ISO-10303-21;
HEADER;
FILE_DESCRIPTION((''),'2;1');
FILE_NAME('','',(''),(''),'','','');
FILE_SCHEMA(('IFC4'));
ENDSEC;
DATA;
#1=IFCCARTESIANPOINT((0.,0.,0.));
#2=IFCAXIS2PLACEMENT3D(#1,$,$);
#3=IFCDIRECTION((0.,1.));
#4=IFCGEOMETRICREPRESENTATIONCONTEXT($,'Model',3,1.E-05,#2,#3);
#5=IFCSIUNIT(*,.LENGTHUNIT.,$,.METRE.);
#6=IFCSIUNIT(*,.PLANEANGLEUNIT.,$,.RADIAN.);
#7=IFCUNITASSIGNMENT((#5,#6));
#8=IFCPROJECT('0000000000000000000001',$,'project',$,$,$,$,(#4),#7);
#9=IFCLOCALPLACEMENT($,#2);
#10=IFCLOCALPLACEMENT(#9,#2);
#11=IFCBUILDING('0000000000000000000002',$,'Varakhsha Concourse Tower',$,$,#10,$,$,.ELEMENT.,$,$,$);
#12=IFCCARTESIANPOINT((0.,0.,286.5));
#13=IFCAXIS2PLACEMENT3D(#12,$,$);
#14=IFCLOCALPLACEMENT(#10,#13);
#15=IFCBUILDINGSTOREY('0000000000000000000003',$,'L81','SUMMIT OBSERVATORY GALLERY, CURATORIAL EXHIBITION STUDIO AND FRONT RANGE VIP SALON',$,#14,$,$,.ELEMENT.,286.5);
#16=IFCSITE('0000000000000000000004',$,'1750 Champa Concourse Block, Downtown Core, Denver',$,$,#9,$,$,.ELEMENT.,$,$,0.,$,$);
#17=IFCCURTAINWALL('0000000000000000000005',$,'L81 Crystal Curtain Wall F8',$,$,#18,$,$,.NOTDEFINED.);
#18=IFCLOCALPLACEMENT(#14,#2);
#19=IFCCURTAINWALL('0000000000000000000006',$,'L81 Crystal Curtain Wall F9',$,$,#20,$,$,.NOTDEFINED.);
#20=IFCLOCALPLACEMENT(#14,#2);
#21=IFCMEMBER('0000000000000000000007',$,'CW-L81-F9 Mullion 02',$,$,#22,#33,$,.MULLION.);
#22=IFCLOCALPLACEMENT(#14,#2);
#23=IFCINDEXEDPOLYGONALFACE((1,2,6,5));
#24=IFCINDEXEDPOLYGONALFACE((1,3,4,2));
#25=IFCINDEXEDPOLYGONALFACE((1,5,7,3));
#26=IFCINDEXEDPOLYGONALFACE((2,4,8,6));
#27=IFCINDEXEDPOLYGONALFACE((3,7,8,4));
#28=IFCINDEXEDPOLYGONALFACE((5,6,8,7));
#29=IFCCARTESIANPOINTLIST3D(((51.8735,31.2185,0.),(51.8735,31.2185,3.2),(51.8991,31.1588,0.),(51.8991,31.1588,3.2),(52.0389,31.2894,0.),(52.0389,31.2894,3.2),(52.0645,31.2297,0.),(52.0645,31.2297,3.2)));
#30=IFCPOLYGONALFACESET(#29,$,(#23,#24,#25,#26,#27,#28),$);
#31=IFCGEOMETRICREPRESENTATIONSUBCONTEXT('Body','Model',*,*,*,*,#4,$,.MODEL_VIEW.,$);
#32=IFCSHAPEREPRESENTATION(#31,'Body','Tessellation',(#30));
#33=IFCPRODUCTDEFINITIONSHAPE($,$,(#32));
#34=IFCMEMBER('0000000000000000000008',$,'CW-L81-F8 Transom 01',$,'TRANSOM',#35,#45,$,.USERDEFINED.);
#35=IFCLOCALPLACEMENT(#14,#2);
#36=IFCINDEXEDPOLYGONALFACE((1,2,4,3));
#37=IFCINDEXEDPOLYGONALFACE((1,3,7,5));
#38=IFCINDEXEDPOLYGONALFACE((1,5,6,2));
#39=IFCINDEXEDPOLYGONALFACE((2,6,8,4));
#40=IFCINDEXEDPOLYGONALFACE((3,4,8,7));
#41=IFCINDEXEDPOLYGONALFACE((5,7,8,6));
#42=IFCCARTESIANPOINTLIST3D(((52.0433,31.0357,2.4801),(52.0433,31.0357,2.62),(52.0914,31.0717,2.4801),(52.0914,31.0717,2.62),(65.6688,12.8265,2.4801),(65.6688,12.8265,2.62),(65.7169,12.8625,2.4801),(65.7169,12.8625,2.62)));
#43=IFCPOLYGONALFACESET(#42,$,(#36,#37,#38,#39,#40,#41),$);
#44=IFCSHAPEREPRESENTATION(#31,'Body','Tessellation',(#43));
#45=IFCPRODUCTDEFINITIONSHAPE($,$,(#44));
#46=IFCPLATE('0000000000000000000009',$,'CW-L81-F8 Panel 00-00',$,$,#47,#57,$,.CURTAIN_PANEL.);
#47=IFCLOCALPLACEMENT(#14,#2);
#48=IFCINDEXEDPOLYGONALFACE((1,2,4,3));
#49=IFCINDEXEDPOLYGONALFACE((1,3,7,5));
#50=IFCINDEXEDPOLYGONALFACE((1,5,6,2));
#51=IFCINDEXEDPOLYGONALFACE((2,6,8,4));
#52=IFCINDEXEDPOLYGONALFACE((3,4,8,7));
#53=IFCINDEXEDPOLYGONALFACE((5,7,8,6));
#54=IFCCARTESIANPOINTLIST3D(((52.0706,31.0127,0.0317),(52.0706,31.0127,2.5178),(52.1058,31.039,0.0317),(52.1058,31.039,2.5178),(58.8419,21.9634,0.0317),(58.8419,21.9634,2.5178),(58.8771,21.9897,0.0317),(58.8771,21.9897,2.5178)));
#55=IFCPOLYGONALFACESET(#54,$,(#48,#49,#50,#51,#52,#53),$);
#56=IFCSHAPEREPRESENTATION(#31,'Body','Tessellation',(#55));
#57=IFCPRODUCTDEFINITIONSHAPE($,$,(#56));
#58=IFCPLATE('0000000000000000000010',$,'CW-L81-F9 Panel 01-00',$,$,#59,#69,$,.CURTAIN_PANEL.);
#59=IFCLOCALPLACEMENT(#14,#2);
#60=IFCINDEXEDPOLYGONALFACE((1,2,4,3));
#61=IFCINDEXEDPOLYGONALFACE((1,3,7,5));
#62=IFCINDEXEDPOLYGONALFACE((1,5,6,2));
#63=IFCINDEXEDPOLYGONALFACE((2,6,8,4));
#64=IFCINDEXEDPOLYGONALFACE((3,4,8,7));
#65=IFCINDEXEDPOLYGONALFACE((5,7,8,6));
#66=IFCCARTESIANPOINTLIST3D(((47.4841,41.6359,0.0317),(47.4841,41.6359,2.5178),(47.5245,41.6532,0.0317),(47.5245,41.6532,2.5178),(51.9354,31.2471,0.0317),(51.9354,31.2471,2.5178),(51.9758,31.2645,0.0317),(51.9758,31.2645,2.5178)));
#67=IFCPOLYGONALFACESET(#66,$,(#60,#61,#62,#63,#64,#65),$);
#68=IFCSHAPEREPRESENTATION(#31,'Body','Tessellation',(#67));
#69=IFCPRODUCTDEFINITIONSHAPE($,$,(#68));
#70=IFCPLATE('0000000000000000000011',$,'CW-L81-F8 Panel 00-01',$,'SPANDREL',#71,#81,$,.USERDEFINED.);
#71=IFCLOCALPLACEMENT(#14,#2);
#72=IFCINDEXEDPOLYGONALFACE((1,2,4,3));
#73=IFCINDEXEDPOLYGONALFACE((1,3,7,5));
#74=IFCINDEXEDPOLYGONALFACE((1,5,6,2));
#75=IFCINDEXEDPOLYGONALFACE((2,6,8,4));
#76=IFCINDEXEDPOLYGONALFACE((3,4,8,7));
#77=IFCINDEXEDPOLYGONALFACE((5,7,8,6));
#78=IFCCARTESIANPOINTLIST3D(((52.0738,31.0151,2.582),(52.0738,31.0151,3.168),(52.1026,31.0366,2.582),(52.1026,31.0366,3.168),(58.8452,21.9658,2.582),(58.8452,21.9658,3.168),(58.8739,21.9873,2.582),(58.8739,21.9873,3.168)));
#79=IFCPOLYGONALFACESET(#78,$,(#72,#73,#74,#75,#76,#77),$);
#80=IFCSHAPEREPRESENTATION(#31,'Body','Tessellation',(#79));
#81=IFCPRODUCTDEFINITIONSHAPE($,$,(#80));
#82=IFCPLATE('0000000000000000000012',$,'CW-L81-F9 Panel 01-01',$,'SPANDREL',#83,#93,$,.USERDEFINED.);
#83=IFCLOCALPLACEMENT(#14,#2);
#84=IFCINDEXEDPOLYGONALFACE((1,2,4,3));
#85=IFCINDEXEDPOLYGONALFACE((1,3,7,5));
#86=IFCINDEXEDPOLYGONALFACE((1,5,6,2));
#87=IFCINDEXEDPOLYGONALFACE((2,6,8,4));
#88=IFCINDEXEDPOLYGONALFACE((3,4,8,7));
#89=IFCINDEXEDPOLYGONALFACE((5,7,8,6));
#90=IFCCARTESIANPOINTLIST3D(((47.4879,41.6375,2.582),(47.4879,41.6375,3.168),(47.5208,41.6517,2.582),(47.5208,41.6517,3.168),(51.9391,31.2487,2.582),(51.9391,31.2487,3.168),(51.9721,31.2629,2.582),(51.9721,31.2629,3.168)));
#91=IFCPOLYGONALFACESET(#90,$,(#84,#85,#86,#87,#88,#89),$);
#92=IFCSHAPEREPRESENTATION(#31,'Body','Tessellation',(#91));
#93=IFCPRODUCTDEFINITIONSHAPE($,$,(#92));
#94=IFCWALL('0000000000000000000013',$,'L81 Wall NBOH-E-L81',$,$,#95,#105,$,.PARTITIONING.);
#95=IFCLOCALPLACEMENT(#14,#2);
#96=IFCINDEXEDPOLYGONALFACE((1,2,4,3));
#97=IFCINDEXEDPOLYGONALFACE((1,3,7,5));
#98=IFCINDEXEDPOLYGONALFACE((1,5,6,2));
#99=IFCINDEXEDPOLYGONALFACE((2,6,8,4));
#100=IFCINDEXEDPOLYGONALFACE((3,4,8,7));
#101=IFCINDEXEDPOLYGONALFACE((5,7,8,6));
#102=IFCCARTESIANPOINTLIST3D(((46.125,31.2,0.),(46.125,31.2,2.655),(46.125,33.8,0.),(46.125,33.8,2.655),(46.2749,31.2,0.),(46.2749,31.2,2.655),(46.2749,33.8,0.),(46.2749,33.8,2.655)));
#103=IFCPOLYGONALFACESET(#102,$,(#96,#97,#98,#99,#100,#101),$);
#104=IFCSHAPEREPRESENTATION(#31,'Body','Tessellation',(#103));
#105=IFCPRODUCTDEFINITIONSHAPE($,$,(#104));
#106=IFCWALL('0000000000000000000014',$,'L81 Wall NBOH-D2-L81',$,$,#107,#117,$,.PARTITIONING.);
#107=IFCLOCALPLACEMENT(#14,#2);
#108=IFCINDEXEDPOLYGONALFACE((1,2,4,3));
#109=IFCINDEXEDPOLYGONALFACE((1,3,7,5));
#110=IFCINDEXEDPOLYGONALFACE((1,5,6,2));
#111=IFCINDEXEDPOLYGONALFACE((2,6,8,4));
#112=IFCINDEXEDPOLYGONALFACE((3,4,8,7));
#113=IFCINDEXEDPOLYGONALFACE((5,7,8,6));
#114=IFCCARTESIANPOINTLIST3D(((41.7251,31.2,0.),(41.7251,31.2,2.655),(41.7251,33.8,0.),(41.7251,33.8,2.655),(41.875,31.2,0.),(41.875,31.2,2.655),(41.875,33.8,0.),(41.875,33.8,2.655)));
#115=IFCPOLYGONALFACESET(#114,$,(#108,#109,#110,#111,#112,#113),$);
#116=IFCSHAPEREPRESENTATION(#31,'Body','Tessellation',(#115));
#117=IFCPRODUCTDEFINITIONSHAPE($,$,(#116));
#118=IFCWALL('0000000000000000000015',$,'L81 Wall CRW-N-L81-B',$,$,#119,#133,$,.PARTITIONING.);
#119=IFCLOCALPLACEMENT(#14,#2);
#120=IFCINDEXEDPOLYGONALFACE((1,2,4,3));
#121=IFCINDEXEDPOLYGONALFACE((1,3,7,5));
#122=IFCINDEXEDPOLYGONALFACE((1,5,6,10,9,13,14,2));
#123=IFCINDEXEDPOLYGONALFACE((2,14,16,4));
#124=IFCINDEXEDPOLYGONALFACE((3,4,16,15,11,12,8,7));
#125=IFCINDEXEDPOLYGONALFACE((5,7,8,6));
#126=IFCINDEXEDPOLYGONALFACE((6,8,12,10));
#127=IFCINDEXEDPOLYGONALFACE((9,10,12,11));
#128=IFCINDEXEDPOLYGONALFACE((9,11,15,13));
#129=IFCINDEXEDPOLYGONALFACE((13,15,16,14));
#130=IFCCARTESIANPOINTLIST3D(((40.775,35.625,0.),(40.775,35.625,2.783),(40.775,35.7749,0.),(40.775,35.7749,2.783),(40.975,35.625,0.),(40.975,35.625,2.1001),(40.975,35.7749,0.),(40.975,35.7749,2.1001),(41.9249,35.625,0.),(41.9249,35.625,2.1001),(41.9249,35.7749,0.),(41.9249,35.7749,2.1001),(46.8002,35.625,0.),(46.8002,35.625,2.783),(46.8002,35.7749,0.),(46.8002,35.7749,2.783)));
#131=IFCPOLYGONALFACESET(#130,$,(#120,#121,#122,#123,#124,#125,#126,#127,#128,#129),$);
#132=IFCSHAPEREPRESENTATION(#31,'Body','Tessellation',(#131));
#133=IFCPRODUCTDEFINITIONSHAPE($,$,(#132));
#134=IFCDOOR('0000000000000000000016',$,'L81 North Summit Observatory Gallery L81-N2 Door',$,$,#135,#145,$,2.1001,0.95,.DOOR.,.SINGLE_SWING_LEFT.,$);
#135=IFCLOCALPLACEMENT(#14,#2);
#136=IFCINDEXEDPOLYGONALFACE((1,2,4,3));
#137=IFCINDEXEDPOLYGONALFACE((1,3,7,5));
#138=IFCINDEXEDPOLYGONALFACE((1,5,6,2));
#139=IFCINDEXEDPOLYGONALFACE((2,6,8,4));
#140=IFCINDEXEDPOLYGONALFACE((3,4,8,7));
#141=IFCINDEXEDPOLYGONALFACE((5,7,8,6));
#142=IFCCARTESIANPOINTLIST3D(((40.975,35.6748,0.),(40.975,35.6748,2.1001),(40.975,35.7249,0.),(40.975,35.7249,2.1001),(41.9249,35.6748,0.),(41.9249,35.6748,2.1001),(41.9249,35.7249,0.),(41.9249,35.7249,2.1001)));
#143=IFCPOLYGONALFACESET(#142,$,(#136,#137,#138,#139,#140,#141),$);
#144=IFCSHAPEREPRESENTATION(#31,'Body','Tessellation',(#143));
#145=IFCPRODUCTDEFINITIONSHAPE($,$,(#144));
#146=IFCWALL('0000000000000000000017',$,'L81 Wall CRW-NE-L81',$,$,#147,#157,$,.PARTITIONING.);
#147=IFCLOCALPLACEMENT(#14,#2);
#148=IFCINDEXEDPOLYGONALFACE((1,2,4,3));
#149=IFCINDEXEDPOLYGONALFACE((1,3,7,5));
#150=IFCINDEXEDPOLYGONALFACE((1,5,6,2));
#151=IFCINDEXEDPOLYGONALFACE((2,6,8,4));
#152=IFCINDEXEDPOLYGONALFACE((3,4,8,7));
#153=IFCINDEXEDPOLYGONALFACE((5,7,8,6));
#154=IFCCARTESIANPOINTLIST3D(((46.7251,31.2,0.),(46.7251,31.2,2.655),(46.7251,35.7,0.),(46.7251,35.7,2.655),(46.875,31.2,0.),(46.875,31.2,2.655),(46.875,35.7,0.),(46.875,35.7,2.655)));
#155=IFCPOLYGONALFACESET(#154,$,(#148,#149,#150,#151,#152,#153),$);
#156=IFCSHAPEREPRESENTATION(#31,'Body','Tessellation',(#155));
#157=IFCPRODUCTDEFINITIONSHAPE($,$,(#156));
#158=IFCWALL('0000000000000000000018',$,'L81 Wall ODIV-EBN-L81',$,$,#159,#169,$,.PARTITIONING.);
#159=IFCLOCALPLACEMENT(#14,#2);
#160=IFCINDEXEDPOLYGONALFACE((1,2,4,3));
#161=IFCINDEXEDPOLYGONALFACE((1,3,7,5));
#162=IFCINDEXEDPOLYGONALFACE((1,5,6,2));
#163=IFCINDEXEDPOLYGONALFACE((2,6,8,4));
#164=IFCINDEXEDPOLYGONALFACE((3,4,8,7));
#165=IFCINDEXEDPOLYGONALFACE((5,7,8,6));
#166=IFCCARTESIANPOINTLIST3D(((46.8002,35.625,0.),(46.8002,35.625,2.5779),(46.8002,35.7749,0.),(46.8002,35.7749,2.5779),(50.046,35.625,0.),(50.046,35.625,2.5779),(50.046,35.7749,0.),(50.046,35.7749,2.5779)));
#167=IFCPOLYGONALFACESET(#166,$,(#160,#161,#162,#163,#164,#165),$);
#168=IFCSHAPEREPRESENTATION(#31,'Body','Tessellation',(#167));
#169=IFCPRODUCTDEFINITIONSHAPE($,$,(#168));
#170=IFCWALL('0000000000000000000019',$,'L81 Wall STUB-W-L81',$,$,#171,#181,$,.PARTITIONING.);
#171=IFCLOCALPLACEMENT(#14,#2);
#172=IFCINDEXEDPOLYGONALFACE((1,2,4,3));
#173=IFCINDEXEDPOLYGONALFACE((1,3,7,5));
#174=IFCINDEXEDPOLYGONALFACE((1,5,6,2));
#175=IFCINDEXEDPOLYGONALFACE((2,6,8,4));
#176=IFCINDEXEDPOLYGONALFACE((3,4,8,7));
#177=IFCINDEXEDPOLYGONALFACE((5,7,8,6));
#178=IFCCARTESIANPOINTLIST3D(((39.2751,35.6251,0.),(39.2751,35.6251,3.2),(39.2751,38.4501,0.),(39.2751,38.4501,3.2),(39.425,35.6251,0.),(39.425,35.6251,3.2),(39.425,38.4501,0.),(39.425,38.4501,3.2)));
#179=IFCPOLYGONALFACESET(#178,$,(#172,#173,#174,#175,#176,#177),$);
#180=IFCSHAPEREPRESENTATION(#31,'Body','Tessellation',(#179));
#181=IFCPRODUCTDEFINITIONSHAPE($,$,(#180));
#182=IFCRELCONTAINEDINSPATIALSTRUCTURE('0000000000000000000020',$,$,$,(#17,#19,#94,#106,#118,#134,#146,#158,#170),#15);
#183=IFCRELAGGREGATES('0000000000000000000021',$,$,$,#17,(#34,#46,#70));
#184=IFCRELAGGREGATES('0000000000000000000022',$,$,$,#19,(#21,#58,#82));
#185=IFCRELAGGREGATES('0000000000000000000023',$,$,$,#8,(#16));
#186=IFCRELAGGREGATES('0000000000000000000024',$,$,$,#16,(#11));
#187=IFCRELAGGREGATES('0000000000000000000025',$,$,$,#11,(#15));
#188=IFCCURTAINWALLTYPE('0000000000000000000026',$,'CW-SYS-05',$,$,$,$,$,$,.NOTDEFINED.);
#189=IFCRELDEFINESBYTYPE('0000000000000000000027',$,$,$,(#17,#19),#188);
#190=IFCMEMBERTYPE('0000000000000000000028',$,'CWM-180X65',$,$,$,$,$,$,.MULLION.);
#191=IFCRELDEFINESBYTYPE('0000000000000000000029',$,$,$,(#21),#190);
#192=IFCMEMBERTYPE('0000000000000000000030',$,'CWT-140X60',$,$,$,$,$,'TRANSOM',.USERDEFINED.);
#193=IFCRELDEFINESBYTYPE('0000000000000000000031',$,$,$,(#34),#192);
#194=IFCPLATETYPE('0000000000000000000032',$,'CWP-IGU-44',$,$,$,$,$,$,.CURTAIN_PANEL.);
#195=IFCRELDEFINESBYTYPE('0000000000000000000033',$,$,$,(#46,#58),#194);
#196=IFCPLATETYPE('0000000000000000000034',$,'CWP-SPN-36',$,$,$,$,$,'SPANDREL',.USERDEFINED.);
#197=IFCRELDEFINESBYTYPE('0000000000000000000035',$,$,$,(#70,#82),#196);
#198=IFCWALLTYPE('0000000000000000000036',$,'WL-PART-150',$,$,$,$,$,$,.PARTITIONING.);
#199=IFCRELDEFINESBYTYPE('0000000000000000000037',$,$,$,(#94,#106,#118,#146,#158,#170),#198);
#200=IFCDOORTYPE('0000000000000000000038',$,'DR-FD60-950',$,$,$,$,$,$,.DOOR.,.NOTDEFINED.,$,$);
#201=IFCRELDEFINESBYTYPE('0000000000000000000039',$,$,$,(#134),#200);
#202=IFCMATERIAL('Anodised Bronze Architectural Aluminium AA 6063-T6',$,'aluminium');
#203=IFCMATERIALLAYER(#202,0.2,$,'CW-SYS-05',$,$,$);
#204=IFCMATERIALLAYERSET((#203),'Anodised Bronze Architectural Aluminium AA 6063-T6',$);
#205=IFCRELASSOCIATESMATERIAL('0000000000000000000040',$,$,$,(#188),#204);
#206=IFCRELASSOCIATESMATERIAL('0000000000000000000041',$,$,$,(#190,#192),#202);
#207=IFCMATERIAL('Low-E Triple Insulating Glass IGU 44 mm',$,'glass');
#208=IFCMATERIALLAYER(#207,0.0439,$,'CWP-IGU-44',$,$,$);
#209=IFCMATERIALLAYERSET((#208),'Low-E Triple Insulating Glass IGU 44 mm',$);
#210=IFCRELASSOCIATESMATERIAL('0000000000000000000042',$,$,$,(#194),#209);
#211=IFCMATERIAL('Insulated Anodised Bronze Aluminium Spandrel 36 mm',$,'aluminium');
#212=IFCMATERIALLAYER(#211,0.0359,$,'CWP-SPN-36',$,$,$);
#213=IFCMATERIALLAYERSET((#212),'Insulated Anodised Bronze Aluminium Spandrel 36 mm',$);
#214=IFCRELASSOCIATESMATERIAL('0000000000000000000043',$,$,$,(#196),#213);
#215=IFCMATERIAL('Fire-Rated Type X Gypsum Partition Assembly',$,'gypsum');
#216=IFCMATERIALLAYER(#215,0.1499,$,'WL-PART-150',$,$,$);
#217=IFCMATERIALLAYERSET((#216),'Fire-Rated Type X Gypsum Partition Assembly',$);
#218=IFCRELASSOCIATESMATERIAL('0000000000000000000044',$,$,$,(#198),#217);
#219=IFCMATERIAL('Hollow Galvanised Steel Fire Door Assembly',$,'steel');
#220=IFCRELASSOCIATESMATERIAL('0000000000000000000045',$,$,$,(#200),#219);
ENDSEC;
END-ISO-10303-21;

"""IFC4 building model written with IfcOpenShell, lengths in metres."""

from ifc_helpers import new_model, si_unit, direction, frame, frame_2d, origin, origin_2d, place, context, subcontext, project, spatial, rectangle, extrude, source, transform, mapped, material, layer, layer_set, material_profile, profile_set, type_object, type_shapes, element, fill, aggregate, save


model = new_model("IFC4")

# Units and contexts
model_context = context("Model", 3, precision=1e-05, world=origin(), true_north=direction((0.0, 1.0)))
body_context = subcontext(model_context, "Body", "Model", "MODEL_VIEW")
ifc_project = project(units=[si_unit("LENGTHUNIT", "METRE"), si_unit("PLANEANGLEUNIT", "RADIAN")], contexts=[model_context])

# Site, building, storey
site_placement = place(None, origin())
site = spatial("IfcSite", under=ifc_project, at=site_placement, Name="1750 Champa Concourse Block, Downtown Core, Denver", CompositionType="ELEMENT", RefElevation=0.0)
building_placement = place(site_placement, origin())
building = spatial("IfcBuilding", under=site, at=building_placement, Name="Varakhsha Concourse Tower", CompositionType="ELEMENT")
storey_placement = place(building_placement, frame((0.0, 0.0, 286.5)))
storey = spatial("IfcBuildingStorey", under=building, at=storey_placement, Name="L81", Description="SUMMIT OBSERVATORY GALLERY, CURATORIAL EXHIBITION STUDIO AND FRONT RANGE VIP SALON", CompositionType="ELEMENT", Elevation=286.5)

# Curtain wall
ifc_material_1 = material(Name="Anodised Bronze Architectural Aluminium AA 6063-T6", Category="aluminium")
ifc_layer_1 = layer(ifc_material_1, 0.2, Name="CW-SYS-05")
ifc_layer_set_1 = layer_set([ifc_layer_1], Name="Anodised Bronze Architectural Aluminium AA 6063-T6")
curtain_wall_type = type_object("IfcCurtainWallType", Name="CW-SYS-05", PredefinedType="NOTDEFINED", material=ifc_layer_set_1)
curtain_wall_1_placement = place(storey_placement, origin())
curtain_wall_1 = element("IfcCurtainWall", 1, at=curtain_wall_1_placement, inside=storey, type_object=curtain_wall_type, Name="L81 Crystal Curtain Wall F8", PredefinedType="NOTDEFINED")
ifc_material_profile_1 = material_profile(ifc_material_1, rectangle(XDim=0.0649, YDim=0.1799, at=origin_2d()), Name="CWM-180X65")
ifc_profile_set_1 = profile_set([ifc_material_profile_1], Name="Anodised Bronze Architectural Aluminium AA 6063-T6")
member_type_1 = type_object("IfcMemberType", Name="CWM-180X65", PredefinedType="MULLION", material=ifc_profile_set_1)
shared_shape_1 = source(origin(), body_context, "Body", "SweptSolid", [
    extrude(rectangle(XDim=0.0649, YDim=0.1799, at=origin_2d()), origin(), (0.0, 0.0, 1.0), 3.2),
])
type_shapes(member_type_1, [shared_shape_1])

# Curtain wall, member
curtain_wall_2_placement = place(storey_placement, origin())
curtain_wall_2 = element("IfcCurtainWall", 2, at=curtain_wall_2_placement, inside=storey, type_object=curtain_wall_type, Name="L81 Crystal Curtain Wall F9", PredefinedType="NOTDEFINED")
member_1_placement = place(storey_placement, frame((51.969, 31.2241, 0.0), z_axis=(0.0, 0.0, 1.0), x_axis=(0.393839, -0.919179, 0.0)))
member_1 = element("IfcMember", 3, at=member_1_placement, type_object=member_type_1, Name="CW-L81-F9 Mullion 02", PredefinedType="MULLION", context=body_context, shape_type="MappedRepresentation", body=[
    mapped(shared_shape_1, transform((0.0, 0.0, 0.0), scale=1.0)),
])

# Member
ifc_material_profile_2 = material_profile(ifc_material_1, rectangle(XDim=0.0601, YDim=0.1399, at=origin_2d()), Name="CWT-140X60")
ifc_profile_set_2 = profile_set([ifc_material_profile_2], Name="Anodised Bronze Architectural Aluminium AA 6063-T6")
member_type_2 = type_object("IfcMemberType", Name="CWT-140X60", ElementType="TRANSOM", PredefinedType="USERDEFINED", material=ifc_profile_set_2)
shared_shape_2 = source(origin(), body_context, "Body", "SweptSolid", [
    extrude(rectangle(XDim=0.0601, YDim=0.1399, at=origin_2d()), origin(), (0.0, 0.0, 1.0), 22.7427),
])
type_shapes(member_type_2, [shared_shape_2])
member_2_placement = place(storey_placement, frame((52.0674, 31.0537, 2.55), z_axis=(0.599115, -0.800663, 0.0), x_axis=(0.800663, 0.599115, 0.0)))
member_2 = element("IfcMember", 4, at=member_2_placement, type_object=member_type_2, Name="CW-L81-F8 Transom 01", ObjectType="TRANSOM", PredefinedType="USERDEFINED", context=body_context, shape_type="MappedRepresentation", body=[
    mapped(shared_shape_2, transform((0.0, 0.0, 0.0), scale=1.0)),
])

# Plates
ifc_material_2 = material(Name="Low-E Triple Insulating Glass IGU 44 mm", Category="glass")
ifc_layer_2 = layer(ifc_material_2, 0.0439, Name="CWP-IGU-44")
ifc_layer_set_2 = layer_set([ifc_layer_2], Name="Low-E Triple Insulating Glass IGU 44 mm")
plate_type_1 = type_object("IfcPlateType", Name="CWP-IGU-44", PredefinedType="CURTAIN_PANEL", material=ifc_layer_set_2)
shared_shape_3 = source(origin(), body_context, "Body", "SweptSolid", [
    extrude(rectangle(XDim=11.3022, YDim=0.0439, at=origin_2d()), origin(), (0.0, 0.0, 1.0), 2.4861),
])
type_shapes(plate_type_1, [shared_shape_3])
plate_1_placement = place(storey_placement, frame((55.4739, 26.5012, 0.0317), z_axis=(0.0, 0.0, 1.0), x_axis=(0.599113, -0.800664, 0.0)))
plate_1 = element("IfcPlate", 5, at=plate_1_placement, type_object=plate_type_1, Name="CW-L81-F8 Panel 00-00", PredefinedType="CURTAIN_PANEL", context=body_context, shape_type="MappedRepresentation", body=[
    mapped(shared_shape_3, transform((0.0, 0.0, 0.0), scale=1.0)),
])
plate_2_placement = place(storey_placement, frame((49.73, 36.4502, 0.0317), z_axis=(0.0, 0.0, 1.0), x_axis=(0.393839, -0.919179, 0.0)))
plate_2 = element("IfcPlate", 6, at=plate_2_placement, type_object=plate_type_1, Name="CW-L81-F9 Panel 01-00", PredefinedType="CURTAIN_PANEL", context=body_context, shape_type="MappedRepresentation", body=[
    mapped(shared_shape_3, transform((0.0, 0.0, 0.0), scale=1.0)),
])
ifc_material_3 = material(Name="Insulated Anodised Bronze Aluminium Spandrel 36 mm", Category="aluminium")
ifc_layer_3 = layer(ifc_material_3, 0.0359, Name="CWP-SPN-36")
ifc_layer_set_3 = layer_set([ifc_layer_3], Name="Insulated Anodised Bronze Aluminium Spandrel 36 mm")
plate_type_2 = type_object("IfcPlateType", Name="CWP-SPN-36", ElementType="SPANDREL", PredefinedType="USERDEFINED", material=ifc_layer_set_3)
shared_shape_4 = source(origin(), body_context, "Body", "SweptSolid", [
    extrude(rectangle(XDim=11.3022, YDim=0.0359, at=origin_2d()), origin(), (0.0, 0.0, 1.0), 0.5859),
])
type_shapes(plate_type_2, [shared_shape_4])
plate_3_placement = place(storey_placement, frame((55.4739, 26.5012, 2.582), z_axis=(0.0, 0.0, 1.0), x_axis=(0.599113, -0.800664, 0.0)))
plate_3 = element("IfcPlate", 7, at=plate_3_placement, type_object=plate_type_2, Name="CW-L81-F8 Panel 00-01", ObjectType="SPANDREL", PredefinedType="USERDEFINED", context=body_context, shape_type="MappedRepresentation", body=[
    mapped(shared_shape_4, transform((0.0, 0.0, 0.0), scale=1.0)),
])
aggregate(curtain_wall_1, [member_2, plate_1, plate_3])
plate_4_placement = place(storey_placement, frame((49.73, 36.4502, 2.582), z_axis=(0.0, 0.0, 1.0), x_axis=(0.393839, -0.919179, 0.0)))
plate_4 = element("IfcPlate", 8, at=plate_4_placement, type_object=plate_type_2, Name="CW-L81-F9 Panel 01-01", ObjectType="SPANDREL", PredefinedType="USERDEFINED", context=body_context, shape_type="MappedRepresentation", body=[
    mapped(shared_shape_4, transform((0.0, 0.0, 0.0), scale=1.0)),
])
aggregate(curtain_wall_2, [member_1, plate_2, plate_4])

# Walls
ifc_material_4 = material(Name="Fire-Rated Type X Gypsum Partition Assembly", Category="gypsum")
ifc_layer_4 = layer(ifc_material_4, 0.1499, Name="WL-PART-150")
ifc_layer_set_4 = layer_set([ifc_layer_4], Name="Fire-Rated Type X Gypsum Partition Assembly")
wall_type_1 = type_object("IfcWallType", Name="WL-PART-150", PredefinedType="PARTITIONING", material=ifc_layer_set_4)
for number, where, z_axis, x_axis, name in (
    (9, (46.2, 31.2, 0.0), (0.0, 0.0, 1.0), (0.0, 1.0, 0.0), "L81 Wall NBOH-E-L81"),
    (10, (41.8, 31.2, 0.0), (0.0, 0.0, 1.0), (0.0, 1.0, 0.0), "L81 Wall NBOH-D2-L81"),
):
    element("IfcWall", number, at=place(storey_placement, frame(where, z_axis=z_axis, x_axis=x_axis)), inside=storey, type_object=wall_type_1, Name=name, PredefinedType="PARTITIONING", context=body_context, shape_type="SweptSolid", body=[
        extrude(rectangle(XDim=2.6001, YDim=0.1499, at=frame_2d((1.3, 0.0))), origin(), (0.0, 0.0, 1.0), 2.655),
    ])

# Wall, opening, door
wall_1_placement = place(storey_placement, frame((40.7749, 35.7, 0.0), z_axis=(0.0, 0.0, 1.0), x_axis=(1.0, 0.0, 0.0)))
wall_1 = element("IfcWall", 11, at=wall_1_placement, inside=storey, type_object=wall_type_1, Name="L81 Wall CRW-N-L81-B", PredefinedType="PARTITIONING", context=body_context, shape_type="SweptSolid", body=[
    extrude(rectangle(XDim=6.0251, YDim=0.1499, at=frame_2d((3.0127, 0.0))), origin(), (0.0, 0.0, 1.0), 2.783),
])
opening_placement = place(wall_1_placement, frame((0.2, 0.0, 0.0)))
opening = element("IfcOpeningElement", 12, at=opening_placement, cuts=wall_1, PredefinedType="OPENING", context=body_context, shape_type="SweptSolid", body=[
    extrude(rectangle(XDim=0.95, YDim=2.1001, at=frame_2d((0.4751, 1.05))), frame((0.0, 0.085, 0.0), z_axis=(0.0, -1.0, 0.0), x_axis=(1.0, 0.0, 0.0)), (0.0, 0.0, 1.0), 0.1699),
])
ifc_material_5 = material(Name="Hollow Galvanised Steel Fire Door Assembly", Category="steel")
door_type = type_object("IfcDoorType", Name="DR-FD60-950", OperationType="NOTDEFINED", PredefinedType="DOOR", material=ifc_material_5)
door_placement = place(opening_placement, origin())
door = element("IfcDoor", 13, at=door_placement, inside=storey, type_object=door_type, Name="L81 North Summit Observatory Gallery L81-N2 Door", OperationType="SINGLE_SWING_LEFT", OverallHeight=2.1001, OverallWidth=0.95, PredefinedType="DOOR", context=body_context, shape_type="SweptSolid", body=[
    extrude(rectangle(XDim=0.95, YDim=2.1001, at=frame_2d((0.4751, 1.05))), frame((0.0, 0.0249, 0.0), z_axis=(0.0, -1.0, 0.0), x_axis=(1.0, 0.0, 0.0)), (0.0, 0.0, 1.0), 0.05),
])
fill(opening, door)

# Walls
wall_2_placement = place(storey_placement, frame((46.8, 31.2, 0.0), z_axis=(0.0, 0.0, 1.0), x_axis=(0.0, 1.0, 0.0)))
element("IfcWall", 14, at=wall_2_placement, inside=storey, type_object=wall_type_1, Name="L81 Wall CRW-NE-L81", PredefinedType="PARTITIONING", context=body_context, shape_type="SweptSolid", body=[
    extrude(rectangle(XDim=4.5, YDim=0.1499, at=frame_2d((2.25, 0.0))), origin(), (0.0, 0.0, 1.0), 2.655),
])
wall_3_placement = place(storey_placement, frame((46.8, 35.7, 0.0), z_axis=(0.0, 0.0, 1.0), x_axis=(1.0, 0.0, 0.0)))
element("IfcWall", 15, at=wall_3_placement, inside=storey, type_object=wall_type_1, Name="L81 Wall ODIV-EBN-L81", PredefinedType="PARTITIONING", context=body_context, shape_type="SweptSolid", body=[
    extrude(rectangle(XDim=3.2458, YDim=0.1499, at=frame_2d((1.623, 0.0))), origin(), (0.0, 0.0, 1.0), 2.5779),
])
for number, where, z_axis, x_axis, name in (
    (16, (39.3501, 35.625, 0.0), (0.0, 0.0, 1.0), (0.0, 1.0, 0.0), "L81 Wall STUB-W-L81"),
):
    element("IfcWall", number, at=place(storey_placement, frame(where, z_axis=z_axis, x_axis=x_axis)), inside=storey, type_object=wall_type_1, Name=name, PredefinedType="PARTITIONING", context=body_context, shape_type="SweptSolid", body=[
        extrude(rectangle(XDim=2.825, YDim=0.1499, at=frame_2d((1.4126, 0.0))), origin(), (0.0, 0.0, 1.0), 3.2),
    ])

save(model, "model.ifc")
